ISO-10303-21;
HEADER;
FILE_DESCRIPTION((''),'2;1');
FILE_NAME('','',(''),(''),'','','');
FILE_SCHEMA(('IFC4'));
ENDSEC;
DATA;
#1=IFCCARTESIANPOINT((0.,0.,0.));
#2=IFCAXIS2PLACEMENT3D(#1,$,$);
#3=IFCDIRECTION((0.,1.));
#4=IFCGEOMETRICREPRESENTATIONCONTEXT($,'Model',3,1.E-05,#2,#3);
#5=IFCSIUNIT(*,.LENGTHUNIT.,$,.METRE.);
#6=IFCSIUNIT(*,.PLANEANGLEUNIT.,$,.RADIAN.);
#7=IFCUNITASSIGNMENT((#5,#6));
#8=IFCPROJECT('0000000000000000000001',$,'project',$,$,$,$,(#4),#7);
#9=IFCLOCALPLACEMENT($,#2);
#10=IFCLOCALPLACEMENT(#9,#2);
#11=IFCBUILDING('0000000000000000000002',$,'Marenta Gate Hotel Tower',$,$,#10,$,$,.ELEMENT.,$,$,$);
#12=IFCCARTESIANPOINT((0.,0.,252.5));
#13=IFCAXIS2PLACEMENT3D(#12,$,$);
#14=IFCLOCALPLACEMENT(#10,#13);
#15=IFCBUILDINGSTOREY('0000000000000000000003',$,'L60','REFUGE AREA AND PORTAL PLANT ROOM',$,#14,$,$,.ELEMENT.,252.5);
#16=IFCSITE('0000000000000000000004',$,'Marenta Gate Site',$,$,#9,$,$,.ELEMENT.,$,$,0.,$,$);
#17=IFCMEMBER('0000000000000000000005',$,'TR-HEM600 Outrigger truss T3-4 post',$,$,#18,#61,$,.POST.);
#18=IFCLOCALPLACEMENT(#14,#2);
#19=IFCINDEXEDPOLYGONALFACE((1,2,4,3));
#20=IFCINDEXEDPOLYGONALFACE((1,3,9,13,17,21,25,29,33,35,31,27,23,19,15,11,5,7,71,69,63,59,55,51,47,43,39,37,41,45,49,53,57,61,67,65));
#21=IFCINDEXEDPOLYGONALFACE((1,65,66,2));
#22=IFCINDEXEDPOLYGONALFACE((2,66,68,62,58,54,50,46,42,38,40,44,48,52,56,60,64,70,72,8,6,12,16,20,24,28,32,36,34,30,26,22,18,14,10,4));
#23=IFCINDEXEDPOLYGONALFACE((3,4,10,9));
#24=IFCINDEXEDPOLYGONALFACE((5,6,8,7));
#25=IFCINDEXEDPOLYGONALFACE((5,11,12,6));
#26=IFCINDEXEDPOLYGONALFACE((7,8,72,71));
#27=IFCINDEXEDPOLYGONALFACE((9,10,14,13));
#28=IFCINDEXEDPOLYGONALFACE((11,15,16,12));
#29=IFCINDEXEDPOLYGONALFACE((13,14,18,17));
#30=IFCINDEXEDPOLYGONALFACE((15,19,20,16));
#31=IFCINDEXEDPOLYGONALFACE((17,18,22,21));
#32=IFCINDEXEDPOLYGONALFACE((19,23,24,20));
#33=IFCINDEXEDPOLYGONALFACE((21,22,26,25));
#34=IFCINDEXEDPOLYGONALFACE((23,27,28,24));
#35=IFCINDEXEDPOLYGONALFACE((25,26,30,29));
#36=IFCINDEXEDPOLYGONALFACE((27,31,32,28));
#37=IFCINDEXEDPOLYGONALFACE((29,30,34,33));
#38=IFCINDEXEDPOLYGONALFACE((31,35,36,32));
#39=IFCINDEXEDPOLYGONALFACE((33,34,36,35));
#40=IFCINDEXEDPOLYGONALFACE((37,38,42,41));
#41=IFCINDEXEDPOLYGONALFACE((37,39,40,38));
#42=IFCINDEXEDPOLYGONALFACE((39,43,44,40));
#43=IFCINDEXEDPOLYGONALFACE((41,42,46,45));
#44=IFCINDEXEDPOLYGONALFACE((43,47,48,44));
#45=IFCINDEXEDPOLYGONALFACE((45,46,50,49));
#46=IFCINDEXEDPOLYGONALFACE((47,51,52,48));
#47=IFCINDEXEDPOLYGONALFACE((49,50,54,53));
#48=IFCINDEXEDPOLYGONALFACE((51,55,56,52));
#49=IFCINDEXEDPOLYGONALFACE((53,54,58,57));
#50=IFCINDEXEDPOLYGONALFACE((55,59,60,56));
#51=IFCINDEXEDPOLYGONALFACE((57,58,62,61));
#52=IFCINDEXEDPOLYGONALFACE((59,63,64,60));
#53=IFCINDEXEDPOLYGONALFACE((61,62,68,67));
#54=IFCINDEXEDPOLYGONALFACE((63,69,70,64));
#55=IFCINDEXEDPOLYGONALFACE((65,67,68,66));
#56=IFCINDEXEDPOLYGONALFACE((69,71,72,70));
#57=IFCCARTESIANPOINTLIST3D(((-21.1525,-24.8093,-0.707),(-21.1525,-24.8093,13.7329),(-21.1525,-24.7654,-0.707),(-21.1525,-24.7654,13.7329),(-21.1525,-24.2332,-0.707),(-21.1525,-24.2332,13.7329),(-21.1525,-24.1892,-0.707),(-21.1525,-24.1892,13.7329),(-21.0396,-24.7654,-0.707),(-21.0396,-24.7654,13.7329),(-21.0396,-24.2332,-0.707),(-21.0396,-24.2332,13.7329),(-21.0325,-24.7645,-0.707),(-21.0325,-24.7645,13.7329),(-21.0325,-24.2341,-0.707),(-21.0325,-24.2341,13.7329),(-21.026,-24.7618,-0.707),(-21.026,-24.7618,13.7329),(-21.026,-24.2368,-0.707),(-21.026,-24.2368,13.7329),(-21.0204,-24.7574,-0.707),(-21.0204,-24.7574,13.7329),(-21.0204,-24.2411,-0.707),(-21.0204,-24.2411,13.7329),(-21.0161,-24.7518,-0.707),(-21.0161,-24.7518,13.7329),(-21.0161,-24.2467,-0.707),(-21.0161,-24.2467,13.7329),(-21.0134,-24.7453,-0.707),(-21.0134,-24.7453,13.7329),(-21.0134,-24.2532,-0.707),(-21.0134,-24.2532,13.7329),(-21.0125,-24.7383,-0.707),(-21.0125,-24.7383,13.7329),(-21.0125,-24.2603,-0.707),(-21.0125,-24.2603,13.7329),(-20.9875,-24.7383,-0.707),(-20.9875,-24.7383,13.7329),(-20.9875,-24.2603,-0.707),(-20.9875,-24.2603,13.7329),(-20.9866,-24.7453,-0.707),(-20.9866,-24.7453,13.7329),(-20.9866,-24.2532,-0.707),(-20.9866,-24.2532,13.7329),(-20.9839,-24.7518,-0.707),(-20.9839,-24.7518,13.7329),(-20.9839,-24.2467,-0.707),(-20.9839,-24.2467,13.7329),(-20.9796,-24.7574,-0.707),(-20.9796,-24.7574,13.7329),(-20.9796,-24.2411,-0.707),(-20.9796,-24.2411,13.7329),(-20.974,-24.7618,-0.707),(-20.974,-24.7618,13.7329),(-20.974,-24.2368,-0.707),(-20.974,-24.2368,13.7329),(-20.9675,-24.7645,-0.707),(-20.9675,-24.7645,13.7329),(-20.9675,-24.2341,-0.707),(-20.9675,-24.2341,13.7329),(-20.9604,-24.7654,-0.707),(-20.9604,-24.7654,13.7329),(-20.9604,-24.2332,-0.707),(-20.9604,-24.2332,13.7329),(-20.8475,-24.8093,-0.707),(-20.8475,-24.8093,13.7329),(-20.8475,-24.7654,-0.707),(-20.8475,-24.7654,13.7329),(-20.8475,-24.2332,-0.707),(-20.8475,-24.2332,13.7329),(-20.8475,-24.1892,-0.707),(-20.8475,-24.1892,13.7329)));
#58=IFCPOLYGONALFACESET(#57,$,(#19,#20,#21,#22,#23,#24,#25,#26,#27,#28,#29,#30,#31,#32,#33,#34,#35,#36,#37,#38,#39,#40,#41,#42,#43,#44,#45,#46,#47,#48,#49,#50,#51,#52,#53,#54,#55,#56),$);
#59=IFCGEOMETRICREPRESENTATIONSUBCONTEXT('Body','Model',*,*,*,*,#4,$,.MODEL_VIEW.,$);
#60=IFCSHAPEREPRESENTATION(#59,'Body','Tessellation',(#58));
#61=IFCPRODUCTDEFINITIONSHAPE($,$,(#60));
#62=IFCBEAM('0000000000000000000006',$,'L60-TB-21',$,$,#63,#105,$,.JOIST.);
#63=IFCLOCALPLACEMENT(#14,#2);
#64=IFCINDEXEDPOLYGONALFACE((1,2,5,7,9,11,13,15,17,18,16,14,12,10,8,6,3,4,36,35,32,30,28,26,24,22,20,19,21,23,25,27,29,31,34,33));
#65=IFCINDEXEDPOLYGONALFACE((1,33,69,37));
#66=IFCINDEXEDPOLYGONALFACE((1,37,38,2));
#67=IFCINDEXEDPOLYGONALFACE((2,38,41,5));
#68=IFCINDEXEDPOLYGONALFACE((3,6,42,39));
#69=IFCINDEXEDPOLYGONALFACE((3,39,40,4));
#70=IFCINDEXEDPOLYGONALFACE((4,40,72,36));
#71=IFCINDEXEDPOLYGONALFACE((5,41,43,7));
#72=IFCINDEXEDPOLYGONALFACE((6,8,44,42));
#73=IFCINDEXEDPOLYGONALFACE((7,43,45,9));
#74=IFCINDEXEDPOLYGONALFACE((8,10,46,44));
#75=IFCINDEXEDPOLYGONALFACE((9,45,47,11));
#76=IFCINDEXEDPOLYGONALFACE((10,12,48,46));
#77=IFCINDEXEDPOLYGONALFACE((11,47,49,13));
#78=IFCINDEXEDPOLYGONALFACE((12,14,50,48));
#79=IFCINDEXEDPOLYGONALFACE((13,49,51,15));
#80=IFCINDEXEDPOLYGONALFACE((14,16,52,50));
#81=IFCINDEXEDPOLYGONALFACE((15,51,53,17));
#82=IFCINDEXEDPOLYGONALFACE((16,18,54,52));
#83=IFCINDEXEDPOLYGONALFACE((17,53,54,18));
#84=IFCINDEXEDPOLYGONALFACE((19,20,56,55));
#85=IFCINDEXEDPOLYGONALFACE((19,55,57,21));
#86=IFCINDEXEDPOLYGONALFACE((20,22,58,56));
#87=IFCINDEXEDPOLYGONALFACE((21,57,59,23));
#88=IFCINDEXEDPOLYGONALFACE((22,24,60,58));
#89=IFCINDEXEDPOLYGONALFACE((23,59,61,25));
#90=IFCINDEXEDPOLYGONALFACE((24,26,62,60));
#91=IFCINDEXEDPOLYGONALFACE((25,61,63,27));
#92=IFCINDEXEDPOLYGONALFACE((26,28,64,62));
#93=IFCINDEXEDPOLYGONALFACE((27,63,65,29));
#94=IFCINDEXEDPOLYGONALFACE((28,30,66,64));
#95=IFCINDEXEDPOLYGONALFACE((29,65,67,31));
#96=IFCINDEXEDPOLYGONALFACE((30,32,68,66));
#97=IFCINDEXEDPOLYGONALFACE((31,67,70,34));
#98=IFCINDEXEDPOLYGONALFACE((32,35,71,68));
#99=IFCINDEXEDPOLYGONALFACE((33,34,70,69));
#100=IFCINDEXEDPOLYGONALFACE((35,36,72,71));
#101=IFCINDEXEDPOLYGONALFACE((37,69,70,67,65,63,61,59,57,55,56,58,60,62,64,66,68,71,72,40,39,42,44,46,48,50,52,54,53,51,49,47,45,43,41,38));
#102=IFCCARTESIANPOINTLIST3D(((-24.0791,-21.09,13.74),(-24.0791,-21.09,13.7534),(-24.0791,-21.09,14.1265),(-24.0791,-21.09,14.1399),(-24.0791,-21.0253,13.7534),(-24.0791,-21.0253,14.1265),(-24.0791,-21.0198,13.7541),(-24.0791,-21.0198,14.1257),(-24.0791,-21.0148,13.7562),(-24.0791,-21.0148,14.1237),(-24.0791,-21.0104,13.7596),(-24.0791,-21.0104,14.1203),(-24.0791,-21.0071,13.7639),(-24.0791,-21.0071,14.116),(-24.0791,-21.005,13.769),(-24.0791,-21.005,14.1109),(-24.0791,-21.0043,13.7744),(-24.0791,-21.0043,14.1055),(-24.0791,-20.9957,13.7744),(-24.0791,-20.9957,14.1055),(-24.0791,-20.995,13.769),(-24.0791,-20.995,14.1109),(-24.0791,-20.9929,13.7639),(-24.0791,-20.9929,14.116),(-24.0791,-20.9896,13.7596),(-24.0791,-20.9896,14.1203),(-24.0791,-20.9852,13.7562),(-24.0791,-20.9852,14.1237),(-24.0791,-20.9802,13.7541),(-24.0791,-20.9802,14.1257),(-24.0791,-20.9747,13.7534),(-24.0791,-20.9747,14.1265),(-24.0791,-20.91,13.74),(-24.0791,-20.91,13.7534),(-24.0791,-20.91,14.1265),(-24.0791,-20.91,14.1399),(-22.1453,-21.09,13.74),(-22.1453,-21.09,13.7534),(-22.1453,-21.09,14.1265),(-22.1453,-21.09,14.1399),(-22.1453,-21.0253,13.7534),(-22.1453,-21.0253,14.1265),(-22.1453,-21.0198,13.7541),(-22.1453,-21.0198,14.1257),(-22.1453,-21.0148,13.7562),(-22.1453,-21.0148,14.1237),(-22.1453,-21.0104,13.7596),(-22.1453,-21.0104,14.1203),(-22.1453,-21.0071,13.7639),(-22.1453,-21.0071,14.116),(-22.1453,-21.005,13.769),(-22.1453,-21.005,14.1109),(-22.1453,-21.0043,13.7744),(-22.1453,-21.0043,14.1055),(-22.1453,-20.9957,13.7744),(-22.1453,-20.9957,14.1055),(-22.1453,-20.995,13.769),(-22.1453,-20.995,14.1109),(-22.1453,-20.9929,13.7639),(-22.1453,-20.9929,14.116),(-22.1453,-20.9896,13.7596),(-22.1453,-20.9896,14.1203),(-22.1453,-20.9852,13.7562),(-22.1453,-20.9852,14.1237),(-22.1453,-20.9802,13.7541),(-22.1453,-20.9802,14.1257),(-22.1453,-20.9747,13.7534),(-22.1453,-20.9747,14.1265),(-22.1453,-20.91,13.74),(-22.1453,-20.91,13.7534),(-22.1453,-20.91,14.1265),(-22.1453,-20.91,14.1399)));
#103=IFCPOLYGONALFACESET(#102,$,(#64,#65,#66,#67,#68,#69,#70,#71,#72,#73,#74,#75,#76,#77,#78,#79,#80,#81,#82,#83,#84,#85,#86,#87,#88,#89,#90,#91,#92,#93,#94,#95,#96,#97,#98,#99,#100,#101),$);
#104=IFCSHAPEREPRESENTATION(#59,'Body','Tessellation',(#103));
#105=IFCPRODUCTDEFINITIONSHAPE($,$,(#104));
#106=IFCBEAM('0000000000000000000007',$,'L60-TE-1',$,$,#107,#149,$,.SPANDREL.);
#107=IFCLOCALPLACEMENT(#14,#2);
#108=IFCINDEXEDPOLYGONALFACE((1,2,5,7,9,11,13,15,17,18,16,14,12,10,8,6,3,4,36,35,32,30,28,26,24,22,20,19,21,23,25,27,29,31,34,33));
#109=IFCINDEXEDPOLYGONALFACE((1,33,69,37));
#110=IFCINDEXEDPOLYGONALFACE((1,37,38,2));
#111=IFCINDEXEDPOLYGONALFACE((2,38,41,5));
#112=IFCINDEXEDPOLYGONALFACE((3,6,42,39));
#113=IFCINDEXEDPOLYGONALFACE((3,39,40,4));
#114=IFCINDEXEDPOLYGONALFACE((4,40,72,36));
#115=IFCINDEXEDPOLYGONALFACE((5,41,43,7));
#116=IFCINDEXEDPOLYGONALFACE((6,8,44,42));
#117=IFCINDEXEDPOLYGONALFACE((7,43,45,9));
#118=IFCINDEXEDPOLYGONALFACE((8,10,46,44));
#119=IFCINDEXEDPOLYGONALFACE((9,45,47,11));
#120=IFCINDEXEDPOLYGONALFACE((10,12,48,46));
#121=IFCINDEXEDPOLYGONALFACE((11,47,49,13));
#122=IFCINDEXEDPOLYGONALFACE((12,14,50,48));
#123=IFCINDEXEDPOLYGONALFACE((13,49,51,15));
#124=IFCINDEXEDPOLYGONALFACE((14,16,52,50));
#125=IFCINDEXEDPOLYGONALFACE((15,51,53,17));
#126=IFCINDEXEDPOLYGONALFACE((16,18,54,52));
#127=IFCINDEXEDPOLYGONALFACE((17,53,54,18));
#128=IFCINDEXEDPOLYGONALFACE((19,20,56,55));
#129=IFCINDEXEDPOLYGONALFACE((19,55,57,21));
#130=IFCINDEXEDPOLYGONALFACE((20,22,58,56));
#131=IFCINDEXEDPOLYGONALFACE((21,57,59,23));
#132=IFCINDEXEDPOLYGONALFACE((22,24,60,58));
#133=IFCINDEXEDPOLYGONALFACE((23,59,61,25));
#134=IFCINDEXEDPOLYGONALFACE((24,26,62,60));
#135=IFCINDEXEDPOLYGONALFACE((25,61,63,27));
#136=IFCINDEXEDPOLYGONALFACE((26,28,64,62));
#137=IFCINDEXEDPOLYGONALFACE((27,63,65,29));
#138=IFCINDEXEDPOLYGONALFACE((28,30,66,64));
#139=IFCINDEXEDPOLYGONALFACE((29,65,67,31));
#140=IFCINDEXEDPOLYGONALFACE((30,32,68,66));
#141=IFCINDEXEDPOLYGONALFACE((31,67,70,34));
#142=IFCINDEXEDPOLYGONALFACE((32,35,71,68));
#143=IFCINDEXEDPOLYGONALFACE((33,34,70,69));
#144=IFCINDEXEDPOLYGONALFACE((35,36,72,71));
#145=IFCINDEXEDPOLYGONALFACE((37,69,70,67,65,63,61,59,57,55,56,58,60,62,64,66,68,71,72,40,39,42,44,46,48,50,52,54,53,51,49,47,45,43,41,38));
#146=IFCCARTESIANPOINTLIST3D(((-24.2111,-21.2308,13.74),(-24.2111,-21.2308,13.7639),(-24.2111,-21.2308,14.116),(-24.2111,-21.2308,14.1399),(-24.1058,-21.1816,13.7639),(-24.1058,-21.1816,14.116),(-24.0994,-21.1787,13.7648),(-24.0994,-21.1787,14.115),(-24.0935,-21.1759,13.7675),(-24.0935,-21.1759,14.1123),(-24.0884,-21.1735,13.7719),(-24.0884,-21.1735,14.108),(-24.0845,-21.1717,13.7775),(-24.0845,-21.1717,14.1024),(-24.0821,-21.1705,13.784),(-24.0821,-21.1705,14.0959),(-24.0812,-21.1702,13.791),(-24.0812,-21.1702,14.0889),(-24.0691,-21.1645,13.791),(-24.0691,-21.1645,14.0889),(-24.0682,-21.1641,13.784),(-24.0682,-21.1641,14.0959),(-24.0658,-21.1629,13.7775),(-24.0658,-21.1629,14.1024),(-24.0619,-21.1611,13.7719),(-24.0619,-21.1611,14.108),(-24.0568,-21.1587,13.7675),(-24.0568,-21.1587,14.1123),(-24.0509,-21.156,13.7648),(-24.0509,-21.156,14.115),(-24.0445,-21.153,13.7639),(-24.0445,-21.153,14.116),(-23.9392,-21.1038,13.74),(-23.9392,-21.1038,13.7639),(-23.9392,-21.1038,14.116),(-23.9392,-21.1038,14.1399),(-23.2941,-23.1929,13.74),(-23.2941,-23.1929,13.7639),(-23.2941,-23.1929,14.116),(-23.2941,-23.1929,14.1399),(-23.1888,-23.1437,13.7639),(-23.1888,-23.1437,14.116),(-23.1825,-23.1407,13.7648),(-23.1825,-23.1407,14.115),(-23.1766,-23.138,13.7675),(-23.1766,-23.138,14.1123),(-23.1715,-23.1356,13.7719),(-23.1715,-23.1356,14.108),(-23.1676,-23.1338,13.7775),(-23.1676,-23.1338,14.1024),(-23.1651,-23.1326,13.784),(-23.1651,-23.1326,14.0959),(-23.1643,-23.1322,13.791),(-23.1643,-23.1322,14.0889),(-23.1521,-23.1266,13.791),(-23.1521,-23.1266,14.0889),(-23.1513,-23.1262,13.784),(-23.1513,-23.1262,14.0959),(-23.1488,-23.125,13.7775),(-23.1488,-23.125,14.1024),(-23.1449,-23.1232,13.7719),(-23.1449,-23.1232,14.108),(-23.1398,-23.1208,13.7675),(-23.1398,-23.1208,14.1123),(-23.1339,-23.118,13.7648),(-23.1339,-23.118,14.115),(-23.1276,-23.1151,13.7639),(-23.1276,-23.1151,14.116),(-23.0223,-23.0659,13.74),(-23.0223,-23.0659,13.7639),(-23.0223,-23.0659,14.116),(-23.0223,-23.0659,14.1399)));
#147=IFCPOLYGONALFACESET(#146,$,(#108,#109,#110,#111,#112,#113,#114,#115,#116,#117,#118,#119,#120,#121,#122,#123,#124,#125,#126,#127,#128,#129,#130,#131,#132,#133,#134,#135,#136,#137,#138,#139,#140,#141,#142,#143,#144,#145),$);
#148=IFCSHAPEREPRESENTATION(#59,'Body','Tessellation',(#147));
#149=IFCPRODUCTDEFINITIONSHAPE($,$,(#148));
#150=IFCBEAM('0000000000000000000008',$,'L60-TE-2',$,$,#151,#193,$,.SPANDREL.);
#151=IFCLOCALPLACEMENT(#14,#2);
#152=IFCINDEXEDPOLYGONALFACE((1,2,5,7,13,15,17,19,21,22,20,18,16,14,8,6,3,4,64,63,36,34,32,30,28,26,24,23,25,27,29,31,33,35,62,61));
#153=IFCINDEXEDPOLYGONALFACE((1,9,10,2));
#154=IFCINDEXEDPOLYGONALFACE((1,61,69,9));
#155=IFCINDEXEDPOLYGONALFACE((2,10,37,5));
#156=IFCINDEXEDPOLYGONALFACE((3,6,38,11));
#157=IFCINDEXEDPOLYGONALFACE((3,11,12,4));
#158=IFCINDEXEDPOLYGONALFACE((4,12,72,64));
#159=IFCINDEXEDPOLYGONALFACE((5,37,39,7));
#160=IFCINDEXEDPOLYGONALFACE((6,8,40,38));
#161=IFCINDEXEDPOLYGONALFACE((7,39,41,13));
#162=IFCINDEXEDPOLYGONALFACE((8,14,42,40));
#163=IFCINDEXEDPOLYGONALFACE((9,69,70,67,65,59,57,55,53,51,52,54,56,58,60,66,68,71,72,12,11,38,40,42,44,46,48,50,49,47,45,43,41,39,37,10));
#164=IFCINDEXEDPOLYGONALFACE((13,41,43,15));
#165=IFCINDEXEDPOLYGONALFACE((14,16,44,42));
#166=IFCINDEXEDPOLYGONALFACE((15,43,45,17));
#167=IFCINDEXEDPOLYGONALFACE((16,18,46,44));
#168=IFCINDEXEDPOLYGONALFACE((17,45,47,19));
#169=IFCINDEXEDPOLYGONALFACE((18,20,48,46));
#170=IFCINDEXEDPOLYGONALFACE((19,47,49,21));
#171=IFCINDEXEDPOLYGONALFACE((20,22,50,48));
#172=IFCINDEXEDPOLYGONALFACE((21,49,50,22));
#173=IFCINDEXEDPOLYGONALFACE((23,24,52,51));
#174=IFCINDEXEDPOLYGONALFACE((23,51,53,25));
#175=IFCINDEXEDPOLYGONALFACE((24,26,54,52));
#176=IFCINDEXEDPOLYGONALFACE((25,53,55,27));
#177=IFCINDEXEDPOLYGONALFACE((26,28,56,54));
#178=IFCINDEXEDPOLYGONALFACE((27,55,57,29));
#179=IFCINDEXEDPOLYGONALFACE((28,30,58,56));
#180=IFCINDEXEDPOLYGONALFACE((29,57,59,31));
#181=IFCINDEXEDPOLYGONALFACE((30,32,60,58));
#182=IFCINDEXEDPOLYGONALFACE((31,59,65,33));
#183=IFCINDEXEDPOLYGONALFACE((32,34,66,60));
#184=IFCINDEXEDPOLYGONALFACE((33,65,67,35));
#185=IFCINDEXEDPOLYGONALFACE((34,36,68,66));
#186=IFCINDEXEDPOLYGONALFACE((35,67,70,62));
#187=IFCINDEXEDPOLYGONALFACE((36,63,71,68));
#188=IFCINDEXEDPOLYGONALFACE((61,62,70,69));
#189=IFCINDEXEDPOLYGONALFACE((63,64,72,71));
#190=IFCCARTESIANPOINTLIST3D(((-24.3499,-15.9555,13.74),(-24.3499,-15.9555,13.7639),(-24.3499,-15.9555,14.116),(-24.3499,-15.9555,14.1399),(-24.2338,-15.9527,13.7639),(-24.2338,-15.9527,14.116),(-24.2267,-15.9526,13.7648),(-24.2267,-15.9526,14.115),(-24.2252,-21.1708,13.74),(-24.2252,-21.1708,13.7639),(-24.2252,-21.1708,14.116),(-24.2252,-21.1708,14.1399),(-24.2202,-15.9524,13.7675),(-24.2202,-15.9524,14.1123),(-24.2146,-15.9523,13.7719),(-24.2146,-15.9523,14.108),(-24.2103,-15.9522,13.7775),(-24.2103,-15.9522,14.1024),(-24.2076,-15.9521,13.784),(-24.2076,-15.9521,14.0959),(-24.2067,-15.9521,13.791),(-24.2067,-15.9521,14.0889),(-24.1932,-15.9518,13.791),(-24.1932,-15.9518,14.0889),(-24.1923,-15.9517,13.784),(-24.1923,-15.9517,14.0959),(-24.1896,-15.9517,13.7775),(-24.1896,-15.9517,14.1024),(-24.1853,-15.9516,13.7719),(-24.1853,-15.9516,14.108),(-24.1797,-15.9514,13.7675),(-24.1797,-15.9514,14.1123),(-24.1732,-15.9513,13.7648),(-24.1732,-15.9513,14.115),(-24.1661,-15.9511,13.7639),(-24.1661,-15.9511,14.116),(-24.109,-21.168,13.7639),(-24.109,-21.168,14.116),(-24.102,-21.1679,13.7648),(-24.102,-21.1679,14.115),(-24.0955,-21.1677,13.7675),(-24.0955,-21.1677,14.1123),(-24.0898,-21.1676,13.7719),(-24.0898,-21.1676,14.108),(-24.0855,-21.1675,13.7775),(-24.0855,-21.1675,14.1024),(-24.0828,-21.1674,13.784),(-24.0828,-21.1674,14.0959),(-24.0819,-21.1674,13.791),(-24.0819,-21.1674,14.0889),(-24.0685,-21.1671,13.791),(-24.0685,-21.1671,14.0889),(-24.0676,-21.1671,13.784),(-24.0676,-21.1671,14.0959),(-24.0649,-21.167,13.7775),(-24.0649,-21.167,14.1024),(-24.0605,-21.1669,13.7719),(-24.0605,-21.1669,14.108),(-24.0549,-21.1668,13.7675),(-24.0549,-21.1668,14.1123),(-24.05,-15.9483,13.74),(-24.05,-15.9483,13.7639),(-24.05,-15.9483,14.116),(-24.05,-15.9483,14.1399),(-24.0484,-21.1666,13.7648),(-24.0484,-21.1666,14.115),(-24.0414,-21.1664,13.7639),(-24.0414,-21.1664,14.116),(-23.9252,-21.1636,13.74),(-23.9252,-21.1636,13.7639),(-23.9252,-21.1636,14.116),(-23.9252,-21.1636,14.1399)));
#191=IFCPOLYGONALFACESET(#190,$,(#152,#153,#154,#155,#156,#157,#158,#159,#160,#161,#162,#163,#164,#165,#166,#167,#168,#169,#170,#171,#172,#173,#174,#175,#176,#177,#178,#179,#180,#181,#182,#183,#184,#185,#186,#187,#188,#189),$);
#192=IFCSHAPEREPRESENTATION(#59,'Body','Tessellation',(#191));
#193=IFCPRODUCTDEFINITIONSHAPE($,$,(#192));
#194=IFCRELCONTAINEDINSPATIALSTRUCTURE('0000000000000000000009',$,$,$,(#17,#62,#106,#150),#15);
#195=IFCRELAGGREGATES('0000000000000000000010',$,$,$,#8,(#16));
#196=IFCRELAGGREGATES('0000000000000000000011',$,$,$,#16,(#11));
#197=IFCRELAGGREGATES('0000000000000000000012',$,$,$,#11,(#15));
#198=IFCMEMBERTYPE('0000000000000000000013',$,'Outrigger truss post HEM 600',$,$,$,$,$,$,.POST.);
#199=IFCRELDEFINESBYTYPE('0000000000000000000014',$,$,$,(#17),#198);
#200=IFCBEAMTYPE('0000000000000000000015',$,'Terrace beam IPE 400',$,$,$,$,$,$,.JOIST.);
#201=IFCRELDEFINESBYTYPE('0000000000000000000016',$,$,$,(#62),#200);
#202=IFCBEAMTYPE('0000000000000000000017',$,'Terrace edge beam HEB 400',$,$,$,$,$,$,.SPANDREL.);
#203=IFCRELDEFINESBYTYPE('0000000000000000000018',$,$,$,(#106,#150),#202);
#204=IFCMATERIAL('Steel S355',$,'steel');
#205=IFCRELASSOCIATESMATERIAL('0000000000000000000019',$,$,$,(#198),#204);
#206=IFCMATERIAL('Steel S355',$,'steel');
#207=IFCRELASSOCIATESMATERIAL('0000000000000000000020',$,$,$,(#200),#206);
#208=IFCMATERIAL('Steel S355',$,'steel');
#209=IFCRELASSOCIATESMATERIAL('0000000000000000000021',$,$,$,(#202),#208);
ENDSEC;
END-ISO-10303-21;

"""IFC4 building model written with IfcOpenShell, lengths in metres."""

from ifc_helpers import new_model, si_unit, direction, frame, origin, origin_2d, place, context, subcontext, project, spatial, i_section, extrude, material, material_profile, profile_set, type_object, element, save


model = new_model("IFC4")

# Units and contexts
model_context = context("Model", 3, precision=1e-05, world=origin(), true_north=direction((0.0, 1.0)))
body_context = subcontext(model_context, "Body", "Model", "MODEL_VIEW")
ifc_project = project(units=[si_unit("LENGTHUNIT", "METRE"), si_unit("PLANEANGLEUNIT", "RADIAN")], contexts=[model_context])

# Site, building, storey
site_placement = place(None, origin())
site = spatial("IfcSite", under=ifc_project, at=site_placement, Name="Marenta Gate Site", CompositionType="ELEMENT", RefElevation=0.0)
building_placement = place(site_placement, origin())
building = spatial("IfcBuilding", under=site, at=building_placement, Name="Marenta Gate Hotel Tower", CompositionType="ELEMENT")
storey_placement = place(building_placement, frame((0.0, 0.0, 252.5)))
storey = spatial("IfcBuildingStorey", under=building, at=storey_placement, Name="L60", Description="REFUGE AREA AND PORTAL PLANT ROOM", CompositionType="ELEMENT", Elevation=252.5)

# Member
ifc_material_1 = material(Name="Steel S355", Category="steel")
ifc_material_profile_1 = material_profile(ifc_material_1, i_section(OverallWidth=0.3049, OverallDepth=0.6201, WebThickness=0.0249, FlangeThickness=0.0439, FilletRadius=0.0271, at=origin_2d()), Name="HEM 600")
ifc_profile_set_1 = profile_set([ifc_material_profile_1], Name="Steel S355")
member_type_1 = type_object("IfcMemberType", Name="Outrigger truss post HEM 600", PredefinedType="POST", material=ifc_profile_set_1)
member_1_placement = place(storey_placement, frame((-21.0, -24.4993, -0.707), z_axis=(0.0, 0.0, 1.0), x_axis=(1.0, 0.0, 0.0)))
element("IfcMember", 1, at=member_1_placement, inside=storey, type_object=member_type_1, Name="TR-HEM600 Outrigger truss T3-4 post", PredefinedType="POST", context=body_context, shape_type="SweptSolid", body=[
    extrude(i_section(OverallWidth=0.3049, OverallDepth=0.6201, WebThickness=0.0249, FlangeThickness=0.0439, FilletRadius=0.0271, at=origin_2d()), origin(), (0.0, 0.0, 1.0), 14.4399),
])

# Beams
ifc_material_2 = material(Name="Steel S355", Category="steel")
ifc_material_profile_2 = material_profile(ifc_material_2, i_section(OverallWidth=0.1799, OverallDepth=0.3999, WebThickness=0.0085, FlangeThickness=0.0134, FilletRadius=0.021, at=origin_2d()), Name="IPE 400")
ifc_profile_set_2 = profile_set([ifc_material_profile_2], Name="Steel S355")
beam_type_1 = type_object("IfcBeamType", Name="Terrace beam IPE 400", PredefinedType="JOIST", material=ifc_profile_set_2)
beam_1_placement = place(storey_placement, frame((-24.0791, -21.0, 13.9399), z_axis=(1.0, 0.0, 0.0), x_axis=(0.0, 1.0, 0.0)))
element("IfcBeam", 2, at=beam_1_placement, inside=storey, type_object=beam_type_1, Name="L60-TB-21", PredefinedType="JOIST", context=body_context, shape_type="SweptSolid", body=[
    extrude(i_section(OverallWidth=0.1799, OverallDepth=0.3999, WebThickness=0.0085, FlangeThickness=0.0134, FilletRadius=0.021, at=origin_2d()), origin(), (0.0, 0.0, 1.0), 1.9338),
])
ifc_material_3 = material(Name="Steel S355", Category="steel")
ifc_material_profile_3 = material_profile(ifc_material_3, i_section(OverallWidth=0.3, OverallDepth=0.3999, WebThickness=0.0134, FlangeThickness=0.0239, FilletRadius=0.0271, at=origin_2d()), Name="HEB 400")
ifc_profile_set_3 = profile_set([ifc_material_profile_3], Name="Steel S355")
beam_type_2 = type_object("IfcBeamType", Name="Terrace edge beam HEB 400", PredefinedType="SPANDREL", material=ifc_profile_set_3)
beam_2_placement = place(storey_placement, frame((-23.1582, -23.1294, 13.9399), z_axis=(-0.423385, 0.90595, 0.0), x_axis=(-0.90595, -0.423385, 0.0)))
element("IfcBeam", 3, at=beam_2_placement, inside=storey, type_object=beam_type_2, Name="L60-TE-1", PredefinedType="SPANDREL", context=body_context, shape_type="SweptSolid", body=[
    extrude(i_section(OverallWidth=0.3, OverallDepth=0.3999, WebThickness=0.0134, FlangeThickness=0.0239, FilletRadius=0.0271, at=origin_2d()), origin(), (0.0, 0.0, 1.0), 2.1658),
])
beam_3_placement = place(storey_placement, frame((-24.0752, -21.1672, 13.9399), z_axis=(-0.023914, 0.999714, 0.0), x_axis=(-0.999714, -0.023914, 0.0)))
element("IfcBeam", 4, at=beam_3_placement, inside=storey, type_object=beam_type_2, Name="L60-TE-2", PredefinedType="SPANDREL", context=body_context, shape_type="SweptSolid", body=[
    extrude(i_section(OverallWidth=0.3, OverallDepth=0.3999, WebThickness=0.0134, FlangeThickness=0.0239, FilletRadius=0.0271, at=origin_2d()), origin(), (0.0, 0.0, 1.0), 5.2168),
])

save(model, "model.ifc")
